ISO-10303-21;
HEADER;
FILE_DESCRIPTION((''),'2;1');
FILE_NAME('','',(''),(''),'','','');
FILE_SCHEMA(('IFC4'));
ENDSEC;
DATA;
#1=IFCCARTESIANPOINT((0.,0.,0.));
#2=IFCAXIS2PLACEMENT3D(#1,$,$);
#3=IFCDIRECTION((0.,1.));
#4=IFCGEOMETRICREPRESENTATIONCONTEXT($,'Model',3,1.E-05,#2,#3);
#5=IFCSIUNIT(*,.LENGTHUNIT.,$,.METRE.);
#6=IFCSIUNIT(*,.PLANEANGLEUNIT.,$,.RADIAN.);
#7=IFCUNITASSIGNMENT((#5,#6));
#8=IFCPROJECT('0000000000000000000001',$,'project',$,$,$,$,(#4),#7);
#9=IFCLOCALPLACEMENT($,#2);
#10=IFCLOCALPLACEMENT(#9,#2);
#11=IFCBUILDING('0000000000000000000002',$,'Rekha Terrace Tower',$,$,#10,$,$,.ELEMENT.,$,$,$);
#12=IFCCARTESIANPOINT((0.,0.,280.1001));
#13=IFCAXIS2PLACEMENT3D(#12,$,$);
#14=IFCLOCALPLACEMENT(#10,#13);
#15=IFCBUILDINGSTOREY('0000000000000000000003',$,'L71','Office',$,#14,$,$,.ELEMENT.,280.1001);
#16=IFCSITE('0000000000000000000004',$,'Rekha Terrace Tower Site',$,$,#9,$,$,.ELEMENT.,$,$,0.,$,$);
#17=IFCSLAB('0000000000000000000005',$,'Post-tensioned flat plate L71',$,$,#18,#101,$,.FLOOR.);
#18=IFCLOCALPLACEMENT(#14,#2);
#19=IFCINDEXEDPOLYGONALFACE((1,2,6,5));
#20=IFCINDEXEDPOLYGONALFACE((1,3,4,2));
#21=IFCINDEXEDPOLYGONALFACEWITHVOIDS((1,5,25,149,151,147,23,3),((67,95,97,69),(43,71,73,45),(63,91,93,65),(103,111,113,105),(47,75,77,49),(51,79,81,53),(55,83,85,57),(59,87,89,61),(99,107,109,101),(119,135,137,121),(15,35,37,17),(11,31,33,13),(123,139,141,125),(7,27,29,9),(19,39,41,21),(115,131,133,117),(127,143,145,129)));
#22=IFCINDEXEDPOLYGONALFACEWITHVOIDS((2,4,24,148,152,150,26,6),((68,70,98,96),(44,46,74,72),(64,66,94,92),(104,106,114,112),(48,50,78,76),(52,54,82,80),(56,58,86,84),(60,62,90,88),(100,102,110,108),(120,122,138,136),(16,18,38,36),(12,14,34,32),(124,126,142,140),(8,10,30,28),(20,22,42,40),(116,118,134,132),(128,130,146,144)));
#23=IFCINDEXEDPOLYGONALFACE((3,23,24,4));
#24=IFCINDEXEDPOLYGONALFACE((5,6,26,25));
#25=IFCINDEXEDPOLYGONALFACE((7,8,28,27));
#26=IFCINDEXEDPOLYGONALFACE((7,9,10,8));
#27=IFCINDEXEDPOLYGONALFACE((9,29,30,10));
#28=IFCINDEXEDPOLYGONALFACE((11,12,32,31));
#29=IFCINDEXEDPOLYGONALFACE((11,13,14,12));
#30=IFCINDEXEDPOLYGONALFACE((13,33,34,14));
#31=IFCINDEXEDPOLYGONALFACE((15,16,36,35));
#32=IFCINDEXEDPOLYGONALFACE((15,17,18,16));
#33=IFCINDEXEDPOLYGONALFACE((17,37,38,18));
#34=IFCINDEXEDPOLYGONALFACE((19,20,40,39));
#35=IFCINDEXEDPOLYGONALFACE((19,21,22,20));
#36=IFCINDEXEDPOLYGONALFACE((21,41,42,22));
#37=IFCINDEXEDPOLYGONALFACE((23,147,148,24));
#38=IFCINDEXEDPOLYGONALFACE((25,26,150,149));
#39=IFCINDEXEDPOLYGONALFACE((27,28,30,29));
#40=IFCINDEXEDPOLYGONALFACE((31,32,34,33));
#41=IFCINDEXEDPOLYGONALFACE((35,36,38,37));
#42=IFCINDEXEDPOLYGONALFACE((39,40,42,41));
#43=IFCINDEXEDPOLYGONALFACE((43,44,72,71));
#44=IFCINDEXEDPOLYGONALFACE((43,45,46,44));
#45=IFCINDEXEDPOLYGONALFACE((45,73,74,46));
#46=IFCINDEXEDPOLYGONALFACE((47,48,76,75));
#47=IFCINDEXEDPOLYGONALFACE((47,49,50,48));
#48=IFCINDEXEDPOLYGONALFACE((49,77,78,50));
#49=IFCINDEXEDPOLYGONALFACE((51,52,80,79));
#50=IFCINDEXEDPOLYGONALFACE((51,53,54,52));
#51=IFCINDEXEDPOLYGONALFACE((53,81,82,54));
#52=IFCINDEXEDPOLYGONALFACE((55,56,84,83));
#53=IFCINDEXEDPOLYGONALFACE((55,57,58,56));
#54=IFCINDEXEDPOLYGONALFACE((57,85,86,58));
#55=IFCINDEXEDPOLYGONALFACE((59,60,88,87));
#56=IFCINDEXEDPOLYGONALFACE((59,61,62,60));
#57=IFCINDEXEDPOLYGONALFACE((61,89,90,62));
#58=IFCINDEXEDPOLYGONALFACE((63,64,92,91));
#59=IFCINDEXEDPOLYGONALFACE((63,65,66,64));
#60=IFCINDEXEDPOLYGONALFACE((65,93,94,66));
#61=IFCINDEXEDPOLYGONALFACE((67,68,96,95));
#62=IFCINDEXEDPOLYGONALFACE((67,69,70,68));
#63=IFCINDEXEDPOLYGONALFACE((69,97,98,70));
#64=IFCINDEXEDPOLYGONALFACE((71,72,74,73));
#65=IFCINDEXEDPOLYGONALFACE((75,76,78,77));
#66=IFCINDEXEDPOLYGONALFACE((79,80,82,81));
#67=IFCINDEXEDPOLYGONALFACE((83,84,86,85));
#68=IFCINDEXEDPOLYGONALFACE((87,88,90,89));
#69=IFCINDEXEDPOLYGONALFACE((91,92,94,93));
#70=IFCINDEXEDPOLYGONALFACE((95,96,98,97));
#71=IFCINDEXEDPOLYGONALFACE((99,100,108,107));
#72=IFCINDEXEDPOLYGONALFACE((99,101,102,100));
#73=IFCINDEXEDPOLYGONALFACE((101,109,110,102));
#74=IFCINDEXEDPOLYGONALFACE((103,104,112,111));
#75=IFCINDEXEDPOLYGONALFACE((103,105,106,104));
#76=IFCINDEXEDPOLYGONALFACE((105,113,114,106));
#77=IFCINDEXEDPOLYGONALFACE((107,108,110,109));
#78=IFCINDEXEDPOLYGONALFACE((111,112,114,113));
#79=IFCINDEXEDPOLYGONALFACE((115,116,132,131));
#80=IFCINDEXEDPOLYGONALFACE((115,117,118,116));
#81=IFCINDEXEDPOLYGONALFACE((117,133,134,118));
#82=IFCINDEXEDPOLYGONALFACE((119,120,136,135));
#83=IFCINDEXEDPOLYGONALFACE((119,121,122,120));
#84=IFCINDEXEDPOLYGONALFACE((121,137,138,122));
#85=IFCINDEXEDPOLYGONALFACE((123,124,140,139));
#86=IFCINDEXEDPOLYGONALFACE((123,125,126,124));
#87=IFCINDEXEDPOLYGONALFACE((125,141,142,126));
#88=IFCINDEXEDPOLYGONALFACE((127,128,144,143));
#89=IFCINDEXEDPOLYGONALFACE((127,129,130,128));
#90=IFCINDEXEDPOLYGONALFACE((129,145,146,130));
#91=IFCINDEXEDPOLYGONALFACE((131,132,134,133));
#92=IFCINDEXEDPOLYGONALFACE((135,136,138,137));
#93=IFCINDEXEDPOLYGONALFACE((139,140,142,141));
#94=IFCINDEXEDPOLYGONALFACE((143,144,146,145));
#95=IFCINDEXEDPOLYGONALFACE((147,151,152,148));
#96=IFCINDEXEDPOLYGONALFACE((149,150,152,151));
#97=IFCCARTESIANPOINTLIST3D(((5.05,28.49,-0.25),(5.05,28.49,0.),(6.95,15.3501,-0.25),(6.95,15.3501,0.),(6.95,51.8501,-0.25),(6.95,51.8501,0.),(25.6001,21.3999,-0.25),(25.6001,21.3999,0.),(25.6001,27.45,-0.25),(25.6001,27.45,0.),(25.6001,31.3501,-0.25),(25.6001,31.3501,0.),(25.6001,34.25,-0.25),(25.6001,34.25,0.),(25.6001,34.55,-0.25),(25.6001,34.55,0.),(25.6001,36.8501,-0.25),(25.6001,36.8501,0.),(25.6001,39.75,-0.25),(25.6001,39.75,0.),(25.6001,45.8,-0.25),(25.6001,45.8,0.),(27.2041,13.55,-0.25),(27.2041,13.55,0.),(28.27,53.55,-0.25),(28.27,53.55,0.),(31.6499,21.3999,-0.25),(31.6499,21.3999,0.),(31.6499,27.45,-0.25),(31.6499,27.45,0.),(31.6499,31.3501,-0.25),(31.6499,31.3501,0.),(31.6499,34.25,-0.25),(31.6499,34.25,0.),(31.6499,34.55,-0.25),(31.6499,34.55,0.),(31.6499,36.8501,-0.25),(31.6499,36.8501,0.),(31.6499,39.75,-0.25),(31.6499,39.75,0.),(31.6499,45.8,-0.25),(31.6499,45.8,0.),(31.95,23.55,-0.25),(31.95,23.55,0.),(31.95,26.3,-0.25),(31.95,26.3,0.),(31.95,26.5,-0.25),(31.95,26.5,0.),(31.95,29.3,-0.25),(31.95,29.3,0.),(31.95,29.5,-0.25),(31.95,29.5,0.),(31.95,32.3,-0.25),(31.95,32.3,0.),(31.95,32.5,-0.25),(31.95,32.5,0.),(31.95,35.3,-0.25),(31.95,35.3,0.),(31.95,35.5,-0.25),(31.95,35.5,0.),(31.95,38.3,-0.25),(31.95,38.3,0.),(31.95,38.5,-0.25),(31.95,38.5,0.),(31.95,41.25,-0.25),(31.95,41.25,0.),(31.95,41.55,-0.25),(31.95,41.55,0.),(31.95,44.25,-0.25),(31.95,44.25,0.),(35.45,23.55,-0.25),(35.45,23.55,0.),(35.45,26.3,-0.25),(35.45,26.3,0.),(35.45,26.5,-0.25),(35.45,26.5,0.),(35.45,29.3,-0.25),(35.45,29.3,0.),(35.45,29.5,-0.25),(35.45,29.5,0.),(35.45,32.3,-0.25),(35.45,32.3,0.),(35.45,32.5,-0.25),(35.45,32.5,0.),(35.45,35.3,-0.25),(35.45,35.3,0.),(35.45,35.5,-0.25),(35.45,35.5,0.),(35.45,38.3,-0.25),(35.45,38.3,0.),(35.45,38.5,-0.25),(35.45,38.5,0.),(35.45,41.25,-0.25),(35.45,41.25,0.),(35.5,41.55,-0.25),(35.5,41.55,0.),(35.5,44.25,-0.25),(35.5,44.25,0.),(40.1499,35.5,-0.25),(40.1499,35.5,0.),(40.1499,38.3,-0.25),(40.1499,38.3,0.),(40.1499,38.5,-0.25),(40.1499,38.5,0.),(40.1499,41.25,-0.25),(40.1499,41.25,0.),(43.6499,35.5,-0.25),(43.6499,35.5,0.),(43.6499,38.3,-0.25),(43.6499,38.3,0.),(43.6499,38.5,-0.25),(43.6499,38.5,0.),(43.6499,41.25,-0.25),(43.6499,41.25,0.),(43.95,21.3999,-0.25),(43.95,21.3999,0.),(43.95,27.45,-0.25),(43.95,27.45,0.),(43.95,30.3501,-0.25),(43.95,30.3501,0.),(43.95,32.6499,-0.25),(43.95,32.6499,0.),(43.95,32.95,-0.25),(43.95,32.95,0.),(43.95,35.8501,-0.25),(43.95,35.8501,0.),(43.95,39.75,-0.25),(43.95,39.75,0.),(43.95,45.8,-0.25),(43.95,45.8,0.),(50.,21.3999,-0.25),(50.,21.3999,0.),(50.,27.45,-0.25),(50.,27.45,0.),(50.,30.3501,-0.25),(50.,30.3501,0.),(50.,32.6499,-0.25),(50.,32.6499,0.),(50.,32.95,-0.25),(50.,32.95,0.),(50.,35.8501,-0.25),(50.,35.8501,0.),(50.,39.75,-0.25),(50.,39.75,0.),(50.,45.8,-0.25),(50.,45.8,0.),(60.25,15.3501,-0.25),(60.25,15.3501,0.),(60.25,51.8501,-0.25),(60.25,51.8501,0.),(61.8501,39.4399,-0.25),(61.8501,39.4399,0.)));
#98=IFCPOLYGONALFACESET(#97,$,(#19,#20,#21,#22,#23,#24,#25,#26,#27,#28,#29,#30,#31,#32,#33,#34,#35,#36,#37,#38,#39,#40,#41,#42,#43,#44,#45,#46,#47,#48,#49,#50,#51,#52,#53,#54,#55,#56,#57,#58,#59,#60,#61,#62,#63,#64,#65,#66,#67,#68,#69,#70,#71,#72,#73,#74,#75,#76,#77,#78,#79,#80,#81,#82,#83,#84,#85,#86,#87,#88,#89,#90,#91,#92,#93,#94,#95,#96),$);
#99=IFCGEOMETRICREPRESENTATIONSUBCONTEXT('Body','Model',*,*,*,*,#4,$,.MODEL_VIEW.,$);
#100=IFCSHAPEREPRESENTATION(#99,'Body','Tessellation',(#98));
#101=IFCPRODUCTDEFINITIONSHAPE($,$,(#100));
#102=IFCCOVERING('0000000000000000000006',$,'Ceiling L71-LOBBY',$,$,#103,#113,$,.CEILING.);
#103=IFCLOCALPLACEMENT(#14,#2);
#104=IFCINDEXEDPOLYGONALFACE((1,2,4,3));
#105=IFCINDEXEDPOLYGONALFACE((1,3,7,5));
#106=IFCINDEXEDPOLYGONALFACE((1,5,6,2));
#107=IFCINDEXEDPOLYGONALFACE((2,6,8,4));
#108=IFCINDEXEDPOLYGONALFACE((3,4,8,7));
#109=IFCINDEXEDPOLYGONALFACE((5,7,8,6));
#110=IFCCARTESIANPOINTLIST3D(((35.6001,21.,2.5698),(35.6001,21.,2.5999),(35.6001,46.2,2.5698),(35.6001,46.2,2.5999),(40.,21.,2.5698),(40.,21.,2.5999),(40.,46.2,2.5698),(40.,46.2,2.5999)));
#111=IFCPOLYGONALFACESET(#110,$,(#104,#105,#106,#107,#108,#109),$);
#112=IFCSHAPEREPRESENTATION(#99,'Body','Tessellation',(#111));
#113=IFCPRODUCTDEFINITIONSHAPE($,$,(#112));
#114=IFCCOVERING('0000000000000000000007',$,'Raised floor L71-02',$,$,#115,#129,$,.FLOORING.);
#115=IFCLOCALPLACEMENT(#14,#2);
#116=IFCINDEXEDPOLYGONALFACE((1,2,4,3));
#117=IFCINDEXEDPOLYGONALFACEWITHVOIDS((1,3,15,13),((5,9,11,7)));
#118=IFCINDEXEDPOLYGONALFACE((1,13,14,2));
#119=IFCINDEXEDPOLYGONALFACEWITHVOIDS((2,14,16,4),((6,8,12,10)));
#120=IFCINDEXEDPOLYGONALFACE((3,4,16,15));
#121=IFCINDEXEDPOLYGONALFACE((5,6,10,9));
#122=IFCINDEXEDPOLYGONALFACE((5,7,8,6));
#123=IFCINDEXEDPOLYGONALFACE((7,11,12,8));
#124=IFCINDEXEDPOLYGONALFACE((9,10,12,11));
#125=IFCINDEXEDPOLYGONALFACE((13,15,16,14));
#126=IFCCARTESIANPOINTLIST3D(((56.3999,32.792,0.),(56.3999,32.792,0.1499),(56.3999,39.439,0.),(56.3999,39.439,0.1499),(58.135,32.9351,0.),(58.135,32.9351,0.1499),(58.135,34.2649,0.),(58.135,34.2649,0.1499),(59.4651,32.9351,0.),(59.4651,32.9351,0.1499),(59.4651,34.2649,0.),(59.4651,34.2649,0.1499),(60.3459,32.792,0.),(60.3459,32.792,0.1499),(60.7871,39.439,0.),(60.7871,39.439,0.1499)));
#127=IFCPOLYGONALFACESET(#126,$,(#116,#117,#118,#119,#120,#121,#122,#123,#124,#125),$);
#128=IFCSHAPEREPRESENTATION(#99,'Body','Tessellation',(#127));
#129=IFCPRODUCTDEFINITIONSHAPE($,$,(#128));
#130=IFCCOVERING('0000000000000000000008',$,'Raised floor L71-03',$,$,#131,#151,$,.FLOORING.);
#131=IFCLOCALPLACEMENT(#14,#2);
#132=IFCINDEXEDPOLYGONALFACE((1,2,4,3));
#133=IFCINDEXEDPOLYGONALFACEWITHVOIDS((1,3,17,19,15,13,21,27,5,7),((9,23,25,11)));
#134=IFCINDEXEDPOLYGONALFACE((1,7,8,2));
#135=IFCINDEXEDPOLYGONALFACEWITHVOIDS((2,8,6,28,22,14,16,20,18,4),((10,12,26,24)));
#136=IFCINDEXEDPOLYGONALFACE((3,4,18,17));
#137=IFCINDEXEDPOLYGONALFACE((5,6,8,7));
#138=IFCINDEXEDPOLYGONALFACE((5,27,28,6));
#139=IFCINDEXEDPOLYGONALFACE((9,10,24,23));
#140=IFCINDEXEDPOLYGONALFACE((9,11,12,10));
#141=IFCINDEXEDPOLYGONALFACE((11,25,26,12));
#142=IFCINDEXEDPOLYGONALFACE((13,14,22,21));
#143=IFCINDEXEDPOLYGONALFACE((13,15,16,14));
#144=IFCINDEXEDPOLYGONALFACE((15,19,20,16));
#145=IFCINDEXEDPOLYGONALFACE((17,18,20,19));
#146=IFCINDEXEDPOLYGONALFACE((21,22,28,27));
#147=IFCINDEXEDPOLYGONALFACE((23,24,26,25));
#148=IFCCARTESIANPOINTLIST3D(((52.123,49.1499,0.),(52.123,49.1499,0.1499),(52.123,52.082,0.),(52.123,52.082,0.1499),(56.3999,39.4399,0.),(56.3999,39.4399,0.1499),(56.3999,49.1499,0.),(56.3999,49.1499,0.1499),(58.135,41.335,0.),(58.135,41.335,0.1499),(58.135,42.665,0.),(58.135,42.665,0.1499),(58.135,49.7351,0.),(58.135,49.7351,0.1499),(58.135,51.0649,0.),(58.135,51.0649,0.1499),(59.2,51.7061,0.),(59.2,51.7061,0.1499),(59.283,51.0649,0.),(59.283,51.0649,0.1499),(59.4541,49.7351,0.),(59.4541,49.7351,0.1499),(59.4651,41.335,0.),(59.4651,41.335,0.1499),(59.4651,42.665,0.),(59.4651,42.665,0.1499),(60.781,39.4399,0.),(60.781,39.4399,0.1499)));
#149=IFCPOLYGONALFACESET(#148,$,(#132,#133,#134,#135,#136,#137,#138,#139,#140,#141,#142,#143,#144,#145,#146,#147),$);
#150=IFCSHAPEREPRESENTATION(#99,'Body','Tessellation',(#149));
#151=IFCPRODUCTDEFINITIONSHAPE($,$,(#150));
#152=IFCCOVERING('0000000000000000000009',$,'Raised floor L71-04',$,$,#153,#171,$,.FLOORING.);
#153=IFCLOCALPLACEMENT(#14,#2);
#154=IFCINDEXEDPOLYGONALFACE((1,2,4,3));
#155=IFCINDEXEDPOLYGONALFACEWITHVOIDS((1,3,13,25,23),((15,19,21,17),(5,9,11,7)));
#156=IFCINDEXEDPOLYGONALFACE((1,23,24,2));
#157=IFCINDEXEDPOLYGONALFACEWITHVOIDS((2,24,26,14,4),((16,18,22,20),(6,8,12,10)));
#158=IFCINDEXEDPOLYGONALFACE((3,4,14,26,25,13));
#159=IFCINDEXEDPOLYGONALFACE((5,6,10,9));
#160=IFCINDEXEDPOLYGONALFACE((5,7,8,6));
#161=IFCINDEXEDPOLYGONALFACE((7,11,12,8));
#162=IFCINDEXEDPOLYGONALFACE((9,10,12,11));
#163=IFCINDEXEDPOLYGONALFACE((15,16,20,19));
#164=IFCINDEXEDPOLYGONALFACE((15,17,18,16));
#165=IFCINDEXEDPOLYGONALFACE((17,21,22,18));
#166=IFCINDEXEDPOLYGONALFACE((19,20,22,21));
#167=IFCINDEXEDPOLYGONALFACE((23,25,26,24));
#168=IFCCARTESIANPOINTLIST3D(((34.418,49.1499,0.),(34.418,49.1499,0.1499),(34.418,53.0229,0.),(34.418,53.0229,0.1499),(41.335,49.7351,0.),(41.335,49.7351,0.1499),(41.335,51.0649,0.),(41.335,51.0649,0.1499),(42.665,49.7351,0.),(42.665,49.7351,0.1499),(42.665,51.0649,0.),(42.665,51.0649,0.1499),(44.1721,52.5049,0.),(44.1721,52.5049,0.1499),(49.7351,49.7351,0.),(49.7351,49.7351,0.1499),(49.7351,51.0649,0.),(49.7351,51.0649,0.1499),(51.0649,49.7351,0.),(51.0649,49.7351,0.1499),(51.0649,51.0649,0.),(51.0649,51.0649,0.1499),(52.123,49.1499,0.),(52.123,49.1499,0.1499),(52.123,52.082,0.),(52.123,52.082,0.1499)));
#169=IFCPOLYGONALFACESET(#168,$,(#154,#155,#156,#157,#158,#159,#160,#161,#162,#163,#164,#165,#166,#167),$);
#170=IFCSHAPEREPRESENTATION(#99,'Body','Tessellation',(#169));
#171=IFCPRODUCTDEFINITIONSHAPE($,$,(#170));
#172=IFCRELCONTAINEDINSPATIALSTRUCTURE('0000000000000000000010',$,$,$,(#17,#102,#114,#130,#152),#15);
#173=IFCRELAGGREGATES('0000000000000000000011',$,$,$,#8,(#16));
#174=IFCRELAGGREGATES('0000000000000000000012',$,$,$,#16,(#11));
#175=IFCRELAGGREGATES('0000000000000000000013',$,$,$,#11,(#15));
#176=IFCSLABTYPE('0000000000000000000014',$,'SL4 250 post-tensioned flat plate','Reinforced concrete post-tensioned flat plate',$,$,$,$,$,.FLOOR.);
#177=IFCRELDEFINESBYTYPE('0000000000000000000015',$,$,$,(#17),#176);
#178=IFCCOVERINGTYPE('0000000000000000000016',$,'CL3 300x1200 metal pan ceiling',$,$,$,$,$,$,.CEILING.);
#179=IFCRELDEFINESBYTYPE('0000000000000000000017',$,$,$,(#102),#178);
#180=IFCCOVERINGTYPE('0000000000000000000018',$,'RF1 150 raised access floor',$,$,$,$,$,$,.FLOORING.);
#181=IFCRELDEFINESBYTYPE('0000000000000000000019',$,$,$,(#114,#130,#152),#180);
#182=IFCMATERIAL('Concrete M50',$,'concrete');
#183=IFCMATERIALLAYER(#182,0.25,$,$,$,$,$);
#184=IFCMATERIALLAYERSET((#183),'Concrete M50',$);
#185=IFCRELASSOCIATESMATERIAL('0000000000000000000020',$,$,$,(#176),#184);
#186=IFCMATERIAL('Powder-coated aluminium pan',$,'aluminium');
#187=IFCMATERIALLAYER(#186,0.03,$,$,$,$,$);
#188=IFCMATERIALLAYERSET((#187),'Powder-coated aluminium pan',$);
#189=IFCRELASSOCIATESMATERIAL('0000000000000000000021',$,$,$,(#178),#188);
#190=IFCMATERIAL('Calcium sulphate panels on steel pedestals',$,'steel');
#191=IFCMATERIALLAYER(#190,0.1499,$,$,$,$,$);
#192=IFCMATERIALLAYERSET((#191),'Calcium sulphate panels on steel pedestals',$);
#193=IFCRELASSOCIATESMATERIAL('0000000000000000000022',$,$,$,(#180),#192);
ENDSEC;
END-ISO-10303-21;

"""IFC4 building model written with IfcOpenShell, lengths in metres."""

from ifc_helpers import new_model, si_unit, direction, frame, origin, place, context, subcontext, project, spatial, polyline, outline, extrude, material, layer, layer_set, type_object, element, save


model = new_model("IFC4")

# Units and contexts
model_context = context("Model", 3, precision=1e-05, world=origin(), true_north=direction((0.0, 1.0)))
body_context = subcontext(model_context, "Body", "Model", "MODEL_VIEW")
ifc_project = project(units=[si_unit("LENGTHUNIT", "METRE"), si_unit("PLANEANGLEUNIT", "RADIAN")], contexts=[model_context])

# Site, building, storey
site_placement = place(None, origin())
site = spatial("IfcSite", under=ifc_project, at=site_placement, Name="Rekha Terrace Tower Site", CompositionType="ELEMENT", RefElevation=0.0)
building_placement = place(site_placement, origin())
building = spatial("IfcBuilding", under=site, at=building_placement, Name="Rekha Terrace Tower", CompositionType="ELEMENT")
storey_placement = place(building_placement, frame((0.0, 0.0, 280.1001)))
storey = spatial("IfcBuildingStorey", under=building, at=storey_placement, Name="L71", Description="Office", CompositionType="ELEMENT", Elevation=280.1001)

# Slab
ifc_material_1 = material(Name="Concrete M50", Category="concrete")
ifc_layer_1 = layer(ifc_material_1, 0.25)
ifc_layer_set_1 = layer_set([ifc_layer_1], Name="Concrete M50")
slab_type_1 = type_object("IfcSlabType", Name="SL4 250 post-tensioned flat plate", Description="Reinforced concrete post-tensioned flat plate", PredefinedType="FLOOR", material=ifc_layer_set_1)
slab_1_placement = place(storey_placement, frame((0.0, 0.0, -0.25)))
element("IfcSlab", 1, at=slab_1_placement, inside=storey, type_object=slab_type_1, Name="Post-tensioned flat plate L71", PredefinedType="FLOOR", context=body_context, shape_type="SweptSolid", body=[
    extrude(outline(polyline([(5.05, 28.49), (6.95, 15.3501), (27.2041, 13.55), (60.25, 15.3501), (61.8501, 39.4399), (60.25, 51.8501), (28.27, 53.55), (6.95, 51.8501), (5.05, 28.49)]), holes=[polyline([(31.6499, 27.45), (31.6499, 21.3999), (25.6001, 21.3999), (25.6001, 27.45), (31.6499, 27.45)]), polyline([(35.45, 26.3), (35.45, 23.55), (31.95, 23.55), (31.95, 26.3), (35.45, 26.3)]), polyline([(35.45, 29.3), (35.45, 26.5), (31.95, 26.5), (31.95, 29.3), (35.45, 29.3)]), polyline([(35.45, 32.3), (35.45, 29.5), (31.95, 29.5), (31.95, 32.3), (35.45, 32.3)]), polyline([(31.6499, 34.25), (31.6499, 31.3501), (25.6001, 31.3501), (25.6001, 34.25), (31.6499, 34.25)]), polyline([(35.45, 35.3), (35.45, 32.5), (31.95, 32.5), (31.95, 35.3), (35.45, 35.3)]), polyline([(31.6499, 36.8501), (31.6499, 34.55), (25.6001, 34.55), (25.6001, 36.8501), (31.6499, 36.8501)]), polyline([(35.45, 38.3), (35.45, 35.5), (31.95, 35.5), (31.95, 38.3), (35.45, 38.3)]), polyline([(31.6499, 45.8), (31.6499, 39.75), (25.6001, 39.75), (25.6001, 45.8), (31.6499, 45.8)]), polyline([(50.0, 27.45), (50.0, 21.3999), (43.95, 21.3999), (43.95, 27.45), (50.0, 27.45)]), polyline([(50.0, 32.6499), (50.0, 30.3501), (43.95, 30.3501), (43.95, 32.6499), (50.0, 32.6499)]), polyline([(50.0, 35.8501), (50.0, 32.95), (43.95, 32.95), (43.95, 35.8501), (50.0, 35.8501)]), polyline([(43.6499, 38.3), (43.6499, 35.5), (40.1499, 35.5), (40.1499, 38.3), (43.6499, 38.3)]), polyline([(35.45, 41.25), (35.45, 38.5), (31.95, 38.5), (31.95, 41.25), (35.45, 41.25)]), polyline([(43.6499, 41.25), (43.6499, 38.5), (40.1499, 38.5), (40.1499, 41.25), (43.6499, 41.25)]), polyline([(50.0, 39.75), (43.95, 39.75), (43.95, 45.8), (50.0, 45.8), (50.0, 39.75)]), polyline([(35.5, 41.55), (31.95, 41.55), (31.95, 44.25), (35.5, 44.25), (35.5, 41.55)])]), origin(), (0.0, 0.0, 1.0), 0.25),
])

# Coverings
ifc_material_2 = material(Name="Powder-coated aluminium pan", Category="aluminium")
ifc_layer_2 = layer(ifc_material_2, 0.03)
ifc_layer_set_2 = layer_set([ifc_layer_2], Name="Powder-coated aluminium pan")
covering_type_1 = type_object("IfcCoveringType", Name="CL3 300x1200 metal pan ceiling", PredefinedType="CEILING", material=ifc_layer_set_2)
covering_1_placement = place(storey_placement, frame((0.0, 0.0, 2.5698)))
element("IfcCovering", 2, at=covering_1_placement, inside=storey, type_object=covering_type_1, Name="Ceiling L71-LOBBY", PredefinedType="CEILING", context=body_context, shape_type="SweptSolid", body=[
    extrude(outline(polyline([(40.0, 46.2), (35.6001, 46.2), (35.6001, 21.0), (40.0, 21.0), (40.0, 46.2)])), origin(), (0.0, 0.0, 1.0), 0.03),
])
ifc_material_3 = material(Name="Calcium sulphate panels on steel pedestals", Category="steel")
ifc_layer_3 = layer(ifc_material_3, 0.1499)
ifc_layer_set_3 = layer_set([ifc_layer_3], Name="Calcium sulphate panels on steel pedestals")
covering_type_2 = type_object("IfcCoveringType", Name="RF1 150 raised access floor", PredefinedType="FLOORING", material=ifc_layer_set_3)
covering_2_placement = place(storey_placement, origin())
element("IfcCovering", 3, at=covering_2_placement, inside=storey, type_object=covering_type_2, Name="Raised floor L71-02", PredefinedType="FLOORING", context=body_context, shape_type="SweptSolid", body=[
    extrude(outline(polyline([(56.3999, 32.792), (60.3459, 32.792), (60.7871, 39.439), (56.3999, 39.439), (56.3999, 32.792)]), holes=[polyline([(59.4651, 34.2649), (59.4651, 32.9351), (58.135, 32.9351), (58.135, 34.2649), (59.4651, 34.2649)])]), origin(), (0.0, 0.0, 1.0), 0.1499),
])
covering_3_placement = place(storey_placement, origin())
element("IfcCovering", 4, at=covering_3_placement, inside=storey, type_object=covering_type_2, Name="Raised floor L71-03", PredefinedType="FLOORING", context=body_context, shape_type="SweptSolid", body=[
    extrude(outline(polyline([(59.2, 51.7061), (52.123, 52.082), (52.123, 49.1499), (56.3999, 49.1499), (56.3999, 39.4399), (60.781, 39.4399), (59.4541, 49.7351), (58.135, 49.7351), (58.135, 51.0649), (59.283, 51.0649), (59.2, 51.7061)]), holes=[polyline([(59.4651, 41.335), (58.135, 41.335), (58.135, 42.665), (59.4651, 42.665), (59.4651, 41.335)])]), origin(), (0.0, 0.0, 1.0), 0.1499),
])
covering_4_placement = place(storey_placement, origin())
element("IfcCovering", 5, at=covering_4_placement, inside=storey, type_object=covering_type_2, Name="Raised floor L71-04", PredefinedType="FLOORING", context=body_context, shape_type="SweptSolid", body=[
    extrude(outline(polyline([(52.123, 49.1499), (52.123, 52.082), (44.1721, 52.5049), (34.418, 53.0229), (34.418, 49.1499), (52.123, 49.1499)]), holes=[polyline([(51.0649, 51.0649), (51.0649, 49.7351), (49.7351, 49.7351), (49.7351, 51.0649), (51.0649, 51.0649)]), polyline([(42.665, 49.7351), (41.335, 49.7351), (41.335, 51.0649), (42.665, 51.0649), (42.665, 49.7351)])]), origin(), (0.0, 0.0, 1.0), 0.1499),
])

save(model, "model.ifc")
